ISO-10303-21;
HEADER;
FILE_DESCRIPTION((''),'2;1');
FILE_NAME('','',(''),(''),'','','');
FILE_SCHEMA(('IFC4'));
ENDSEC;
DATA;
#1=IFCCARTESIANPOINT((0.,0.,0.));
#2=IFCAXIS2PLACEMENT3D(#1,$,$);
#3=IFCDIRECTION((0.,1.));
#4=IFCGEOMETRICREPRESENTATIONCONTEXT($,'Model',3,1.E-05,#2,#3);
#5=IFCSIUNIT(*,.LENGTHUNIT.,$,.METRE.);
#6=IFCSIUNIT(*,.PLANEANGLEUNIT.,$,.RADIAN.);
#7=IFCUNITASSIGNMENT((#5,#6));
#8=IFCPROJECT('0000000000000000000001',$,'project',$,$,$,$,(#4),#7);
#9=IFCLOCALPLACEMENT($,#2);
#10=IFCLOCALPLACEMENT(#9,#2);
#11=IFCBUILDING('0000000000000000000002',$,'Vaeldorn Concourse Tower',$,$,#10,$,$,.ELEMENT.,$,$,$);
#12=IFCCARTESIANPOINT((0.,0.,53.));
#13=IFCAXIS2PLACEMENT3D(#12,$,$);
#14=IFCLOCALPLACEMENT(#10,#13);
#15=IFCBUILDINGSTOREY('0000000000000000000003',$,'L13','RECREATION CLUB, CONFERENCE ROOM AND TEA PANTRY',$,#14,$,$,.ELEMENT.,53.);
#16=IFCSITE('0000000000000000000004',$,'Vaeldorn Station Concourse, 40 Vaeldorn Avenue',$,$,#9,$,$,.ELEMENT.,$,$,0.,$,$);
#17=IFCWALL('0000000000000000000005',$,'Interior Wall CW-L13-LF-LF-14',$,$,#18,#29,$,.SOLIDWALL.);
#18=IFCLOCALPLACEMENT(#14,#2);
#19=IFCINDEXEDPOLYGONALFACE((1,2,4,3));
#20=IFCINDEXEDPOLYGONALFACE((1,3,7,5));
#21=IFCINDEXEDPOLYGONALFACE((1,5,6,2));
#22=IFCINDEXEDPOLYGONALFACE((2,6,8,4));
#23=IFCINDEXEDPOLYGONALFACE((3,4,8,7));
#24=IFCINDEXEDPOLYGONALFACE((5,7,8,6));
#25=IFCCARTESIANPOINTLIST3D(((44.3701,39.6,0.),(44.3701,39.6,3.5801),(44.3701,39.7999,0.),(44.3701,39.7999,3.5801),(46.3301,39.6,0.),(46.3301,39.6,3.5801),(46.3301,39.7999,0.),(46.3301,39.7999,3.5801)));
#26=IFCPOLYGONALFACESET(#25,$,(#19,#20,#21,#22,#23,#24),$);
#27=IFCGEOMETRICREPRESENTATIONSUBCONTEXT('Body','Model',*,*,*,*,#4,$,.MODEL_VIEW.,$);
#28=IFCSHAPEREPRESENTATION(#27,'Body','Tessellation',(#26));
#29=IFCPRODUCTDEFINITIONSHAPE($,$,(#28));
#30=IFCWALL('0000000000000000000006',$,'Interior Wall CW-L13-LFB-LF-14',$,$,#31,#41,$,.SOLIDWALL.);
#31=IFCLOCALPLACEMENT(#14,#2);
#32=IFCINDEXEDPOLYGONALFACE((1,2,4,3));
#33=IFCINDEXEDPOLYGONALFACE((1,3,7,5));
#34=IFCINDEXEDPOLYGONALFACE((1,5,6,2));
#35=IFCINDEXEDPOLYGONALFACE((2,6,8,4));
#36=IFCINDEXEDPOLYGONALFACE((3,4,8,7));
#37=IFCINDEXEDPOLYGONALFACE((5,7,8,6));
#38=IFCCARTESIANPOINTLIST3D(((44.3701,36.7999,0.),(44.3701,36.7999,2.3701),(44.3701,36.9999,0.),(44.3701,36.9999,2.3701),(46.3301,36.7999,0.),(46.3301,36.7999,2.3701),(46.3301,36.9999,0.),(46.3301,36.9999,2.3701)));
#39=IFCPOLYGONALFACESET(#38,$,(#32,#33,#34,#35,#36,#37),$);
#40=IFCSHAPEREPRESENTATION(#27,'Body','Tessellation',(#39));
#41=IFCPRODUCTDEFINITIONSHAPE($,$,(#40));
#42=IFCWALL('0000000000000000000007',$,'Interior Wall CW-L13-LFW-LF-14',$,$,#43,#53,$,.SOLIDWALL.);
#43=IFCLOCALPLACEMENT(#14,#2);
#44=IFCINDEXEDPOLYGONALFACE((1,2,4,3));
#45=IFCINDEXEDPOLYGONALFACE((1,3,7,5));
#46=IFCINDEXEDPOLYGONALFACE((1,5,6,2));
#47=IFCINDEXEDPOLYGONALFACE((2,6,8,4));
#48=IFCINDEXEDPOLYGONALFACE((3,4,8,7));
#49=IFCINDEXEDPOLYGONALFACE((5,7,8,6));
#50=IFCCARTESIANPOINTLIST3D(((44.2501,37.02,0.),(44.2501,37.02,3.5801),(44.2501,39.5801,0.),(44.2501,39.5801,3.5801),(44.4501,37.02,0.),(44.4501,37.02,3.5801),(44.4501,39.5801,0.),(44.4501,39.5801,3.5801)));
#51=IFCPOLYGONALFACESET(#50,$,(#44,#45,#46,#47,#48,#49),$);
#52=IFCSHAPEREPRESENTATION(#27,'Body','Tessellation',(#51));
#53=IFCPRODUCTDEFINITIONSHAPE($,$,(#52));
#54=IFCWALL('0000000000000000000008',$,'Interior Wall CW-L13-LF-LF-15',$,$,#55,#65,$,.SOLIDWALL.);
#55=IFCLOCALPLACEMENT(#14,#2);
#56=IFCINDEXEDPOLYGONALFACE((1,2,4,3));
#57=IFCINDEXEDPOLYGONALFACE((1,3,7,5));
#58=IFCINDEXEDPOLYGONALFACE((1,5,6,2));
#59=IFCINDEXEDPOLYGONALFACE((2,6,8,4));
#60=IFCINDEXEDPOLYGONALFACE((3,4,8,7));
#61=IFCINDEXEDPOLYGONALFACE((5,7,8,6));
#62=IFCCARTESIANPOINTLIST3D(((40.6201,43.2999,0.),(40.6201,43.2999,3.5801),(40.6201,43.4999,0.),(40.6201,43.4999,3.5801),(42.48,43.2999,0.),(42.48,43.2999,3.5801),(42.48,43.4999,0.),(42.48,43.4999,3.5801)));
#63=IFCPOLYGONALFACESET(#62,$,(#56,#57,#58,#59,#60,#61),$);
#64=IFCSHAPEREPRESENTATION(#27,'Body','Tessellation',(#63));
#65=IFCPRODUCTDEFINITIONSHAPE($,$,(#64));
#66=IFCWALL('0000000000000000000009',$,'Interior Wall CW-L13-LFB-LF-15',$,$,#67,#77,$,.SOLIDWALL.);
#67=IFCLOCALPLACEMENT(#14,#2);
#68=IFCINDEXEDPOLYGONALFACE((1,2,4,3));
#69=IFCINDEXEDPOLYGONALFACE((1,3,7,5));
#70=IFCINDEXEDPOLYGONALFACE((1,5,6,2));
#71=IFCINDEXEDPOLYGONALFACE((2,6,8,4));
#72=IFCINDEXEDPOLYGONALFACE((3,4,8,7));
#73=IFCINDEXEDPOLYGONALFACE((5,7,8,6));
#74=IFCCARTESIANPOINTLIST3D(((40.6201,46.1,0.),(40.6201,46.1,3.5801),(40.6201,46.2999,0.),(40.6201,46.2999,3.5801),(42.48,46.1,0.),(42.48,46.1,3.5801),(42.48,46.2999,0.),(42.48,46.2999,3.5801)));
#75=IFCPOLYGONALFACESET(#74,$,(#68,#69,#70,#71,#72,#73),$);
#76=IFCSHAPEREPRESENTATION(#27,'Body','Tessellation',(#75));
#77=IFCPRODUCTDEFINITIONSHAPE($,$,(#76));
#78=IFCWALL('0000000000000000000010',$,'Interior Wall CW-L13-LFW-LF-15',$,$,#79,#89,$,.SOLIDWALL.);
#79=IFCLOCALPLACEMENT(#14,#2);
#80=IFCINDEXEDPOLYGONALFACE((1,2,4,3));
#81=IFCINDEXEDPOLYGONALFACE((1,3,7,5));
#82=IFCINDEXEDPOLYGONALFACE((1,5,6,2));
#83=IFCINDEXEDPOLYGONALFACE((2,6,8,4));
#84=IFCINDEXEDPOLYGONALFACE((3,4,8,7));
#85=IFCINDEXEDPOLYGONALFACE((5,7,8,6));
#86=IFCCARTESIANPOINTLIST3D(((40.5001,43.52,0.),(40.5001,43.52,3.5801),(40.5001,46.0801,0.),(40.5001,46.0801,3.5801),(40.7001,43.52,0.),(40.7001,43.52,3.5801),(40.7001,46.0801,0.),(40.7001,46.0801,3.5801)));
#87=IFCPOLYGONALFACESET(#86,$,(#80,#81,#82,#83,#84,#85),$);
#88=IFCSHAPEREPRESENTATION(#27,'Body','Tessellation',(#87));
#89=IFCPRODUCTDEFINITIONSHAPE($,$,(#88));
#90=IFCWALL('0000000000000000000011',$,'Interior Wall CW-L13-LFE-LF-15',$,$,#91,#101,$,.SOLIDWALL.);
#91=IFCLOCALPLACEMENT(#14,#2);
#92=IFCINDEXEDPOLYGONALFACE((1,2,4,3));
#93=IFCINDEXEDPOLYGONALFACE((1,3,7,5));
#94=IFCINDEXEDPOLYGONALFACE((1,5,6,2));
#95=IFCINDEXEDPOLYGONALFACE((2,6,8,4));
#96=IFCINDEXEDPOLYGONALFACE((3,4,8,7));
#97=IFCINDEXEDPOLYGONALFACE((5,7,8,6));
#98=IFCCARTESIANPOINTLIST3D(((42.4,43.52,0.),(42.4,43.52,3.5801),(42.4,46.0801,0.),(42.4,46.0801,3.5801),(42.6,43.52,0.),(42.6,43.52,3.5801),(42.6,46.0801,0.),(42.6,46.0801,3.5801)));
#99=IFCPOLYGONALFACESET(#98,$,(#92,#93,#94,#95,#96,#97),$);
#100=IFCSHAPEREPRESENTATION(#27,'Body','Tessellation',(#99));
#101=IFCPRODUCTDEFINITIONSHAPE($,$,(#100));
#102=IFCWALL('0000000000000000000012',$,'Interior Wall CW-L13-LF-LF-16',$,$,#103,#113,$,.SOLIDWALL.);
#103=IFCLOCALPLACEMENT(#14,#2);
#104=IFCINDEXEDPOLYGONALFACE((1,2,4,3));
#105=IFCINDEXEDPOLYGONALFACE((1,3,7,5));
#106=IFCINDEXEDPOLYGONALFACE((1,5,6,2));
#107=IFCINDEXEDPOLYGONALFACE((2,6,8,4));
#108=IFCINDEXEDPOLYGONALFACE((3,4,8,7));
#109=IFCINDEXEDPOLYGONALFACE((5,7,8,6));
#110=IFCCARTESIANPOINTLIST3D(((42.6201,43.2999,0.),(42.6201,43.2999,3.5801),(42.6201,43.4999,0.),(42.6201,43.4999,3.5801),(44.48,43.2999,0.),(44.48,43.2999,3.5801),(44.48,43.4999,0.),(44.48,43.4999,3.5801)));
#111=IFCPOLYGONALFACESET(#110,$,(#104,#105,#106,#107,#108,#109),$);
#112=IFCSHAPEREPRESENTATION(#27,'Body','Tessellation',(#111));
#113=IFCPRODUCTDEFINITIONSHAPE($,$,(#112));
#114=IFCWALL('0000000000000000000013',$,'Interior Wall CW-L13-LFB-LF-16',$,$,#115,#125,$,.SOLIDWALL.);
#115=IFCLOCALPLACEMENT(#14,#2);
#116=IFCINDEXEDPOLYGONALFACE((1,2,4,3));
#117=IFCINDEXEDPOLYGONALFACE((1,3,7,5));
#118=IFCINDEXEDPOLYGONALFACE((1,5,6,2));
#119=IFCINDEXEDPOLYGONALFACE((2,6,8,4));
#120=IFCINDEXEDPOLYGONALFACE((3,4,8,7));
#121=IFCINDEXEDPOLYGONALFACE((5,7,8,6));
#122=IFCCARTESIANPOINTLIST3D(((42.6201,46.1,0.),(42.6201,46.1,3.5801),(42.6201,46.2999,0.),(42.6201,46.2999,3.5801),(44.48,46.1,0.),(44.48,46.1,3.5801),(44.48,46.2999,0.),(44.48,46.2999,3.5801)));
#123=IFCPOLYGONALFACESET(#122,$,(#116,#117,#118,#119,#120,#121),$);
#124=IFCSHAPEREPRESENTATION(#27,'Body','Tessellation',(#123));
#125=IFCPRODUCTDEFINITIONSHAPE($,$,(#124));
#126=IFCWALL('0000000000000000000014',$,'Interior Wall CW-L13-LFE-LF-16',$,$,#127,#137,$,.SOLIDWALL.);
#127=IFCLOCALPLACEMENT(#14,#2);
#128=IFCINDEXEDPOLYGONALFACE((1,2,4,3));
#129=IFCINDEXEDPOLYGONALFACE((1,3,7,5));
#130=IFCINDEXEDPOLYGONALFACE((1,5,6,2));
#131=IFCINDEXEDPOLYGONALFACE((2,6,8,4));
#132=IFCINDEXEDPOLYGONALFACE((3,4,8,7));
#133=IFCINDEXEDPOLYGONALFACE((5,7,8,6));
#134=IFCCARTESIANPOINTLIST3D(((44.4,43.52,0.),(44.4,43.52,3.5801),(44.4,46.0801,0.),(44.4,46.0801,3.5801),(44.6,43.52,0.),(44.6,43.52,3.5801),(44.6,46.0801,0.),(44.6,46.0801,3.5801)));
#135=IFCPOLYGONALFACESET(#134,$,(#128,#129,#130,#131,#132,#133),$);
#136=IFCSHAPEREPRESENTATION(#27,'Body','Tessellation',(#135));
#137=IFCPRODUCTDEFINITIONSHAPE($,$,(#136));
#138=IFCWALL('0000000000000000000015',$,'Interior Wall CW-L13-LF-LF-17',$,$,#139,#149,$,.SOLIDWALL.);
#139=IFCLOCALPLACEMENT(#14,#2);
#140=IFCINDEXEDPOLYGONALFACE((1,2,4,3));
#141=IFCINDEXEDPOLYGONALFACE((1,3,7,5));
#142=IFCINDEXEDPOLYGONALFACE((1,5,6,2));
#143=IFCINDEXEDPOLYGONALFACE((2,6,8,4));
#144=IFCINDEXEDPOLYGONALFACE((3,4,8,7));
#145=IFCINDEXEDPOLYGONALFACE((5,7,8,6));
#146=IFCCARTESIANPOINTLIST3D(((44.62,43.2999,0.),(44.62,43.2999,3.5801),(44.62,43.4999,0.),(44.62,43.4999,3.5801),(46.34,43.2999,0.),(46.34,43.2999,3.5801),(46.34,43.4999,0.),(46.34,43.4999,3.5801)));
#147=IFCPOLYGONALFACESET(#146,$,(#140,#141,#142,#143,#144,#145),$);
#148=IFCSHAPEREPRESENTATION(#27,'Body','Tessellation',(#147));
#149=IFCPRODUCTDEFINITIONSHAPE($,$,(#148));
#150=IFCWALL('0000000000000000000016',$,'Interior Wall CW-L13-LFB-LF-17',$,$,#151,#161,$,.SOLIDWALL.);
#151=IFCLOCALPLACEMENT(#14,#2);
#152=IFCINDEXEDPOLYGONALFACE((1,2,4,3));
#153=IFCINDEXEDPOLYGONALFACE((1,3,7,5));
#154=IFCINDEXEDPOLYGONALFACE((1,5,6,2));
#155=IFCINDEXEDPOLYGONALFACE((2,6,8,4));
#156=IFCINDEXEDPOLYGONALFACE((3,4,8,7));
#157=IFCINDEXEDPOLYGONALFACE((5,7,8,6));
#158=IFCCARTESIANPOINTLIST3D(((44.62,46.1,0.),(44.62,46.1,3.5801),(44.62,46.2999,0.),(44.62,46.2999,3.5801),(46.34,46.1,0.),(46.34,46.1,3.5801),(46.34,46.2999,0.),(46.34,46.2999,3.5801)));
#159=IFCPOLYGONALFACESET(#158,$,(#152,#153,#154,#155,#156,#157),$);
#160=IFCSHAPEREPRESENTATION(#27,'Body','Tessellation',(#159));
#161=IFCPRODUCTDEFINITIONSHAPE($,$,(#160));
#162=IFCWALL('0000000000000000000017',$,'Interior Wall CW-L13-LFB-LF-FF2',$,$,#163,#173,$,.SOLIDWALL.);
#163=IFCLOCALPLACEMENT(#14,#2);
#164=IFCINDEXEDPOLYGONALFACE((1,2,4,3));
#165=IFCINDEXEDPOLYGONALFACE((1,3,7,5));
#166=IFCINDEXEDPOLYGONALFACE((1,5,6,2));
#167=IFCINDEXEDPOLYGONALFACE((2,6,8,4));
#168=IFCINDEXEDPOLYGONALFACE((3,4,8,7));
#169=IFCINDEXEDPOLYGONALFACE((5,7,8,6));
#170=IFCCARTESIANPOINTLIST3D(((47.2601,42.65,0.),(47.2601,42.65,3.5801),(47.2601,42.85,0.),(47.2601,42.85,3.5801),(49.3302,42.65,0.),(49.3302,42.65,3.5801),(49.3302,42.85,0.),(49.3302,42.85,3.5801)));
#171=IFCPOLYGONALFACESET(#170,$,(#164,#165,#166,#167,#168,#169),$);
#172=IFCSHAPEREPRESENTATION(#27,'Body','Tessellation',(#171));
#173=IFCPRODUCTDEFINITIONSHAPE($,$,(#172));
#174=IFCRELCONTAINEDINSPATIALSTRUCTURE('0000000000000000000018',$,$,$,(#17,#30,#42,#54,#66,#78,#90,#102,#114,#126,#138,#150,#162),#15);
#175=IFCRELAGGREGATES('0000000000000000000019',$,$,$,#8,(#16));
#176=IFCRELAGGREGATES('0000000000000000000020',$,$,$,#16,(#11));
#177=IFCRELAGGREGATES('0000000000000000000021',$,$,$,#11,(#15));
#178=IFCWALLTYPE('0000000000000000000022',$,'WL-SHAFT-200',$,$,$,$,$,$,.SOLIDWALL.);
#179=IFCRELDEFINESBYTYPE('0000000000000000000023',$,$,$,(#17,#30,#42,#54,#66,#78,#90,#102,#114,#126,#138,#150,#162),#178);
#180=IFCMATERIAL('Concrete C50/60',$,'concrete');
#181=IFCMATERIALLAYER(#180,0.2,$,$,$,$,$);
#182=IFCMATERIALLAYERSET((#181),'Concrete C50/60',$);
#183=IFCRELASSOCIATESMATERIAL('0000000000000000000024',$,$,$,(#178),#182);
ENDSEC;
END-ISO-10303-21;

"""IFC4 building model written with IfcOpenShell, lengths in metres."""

from ifc_helpers import new_model, si_unit, direction, frame, frame_2d, origin, place, context, subcontext, project, spatial, rectangle, extrude, material, layer, layer_set, type_object, element, save


model = new_model("IFC4")

# Units and contexts
model_context = context("Model", 3, precision=1e-05, world=origin(), true_north=direction((0.0, 1.0)))
body_context = subcontext(model_context, "Body", "Model", "MODEL_VIEW")
ifc_project = project(units=[si_unit("LENGTHUNIT", "METRE"), si_unit("PLANEANGLEUNIT", "RADIAN")], contexts=[model_context])

# Site, building, storey
site_placement = place(None, origin())
site = spatial("IfcSite", under=ifc_project, at=site_placement, Name="Vaeldorn Station Concourse, 40 Vaeldorn Avenue", CompositionType="ELEMENT", RefElevation=0.0)
building_placement = place(site_placement, origin())
building = spatial("IfcBuilding", under=site, at=building_placement, Name="Vaeldorn Concourse Tower", CompositionType="ELEMENT")
storey_placement = place(building_placement, frame((0.0, 0.0, 53.0)))
storey = spatial("IfcBuildingStorey", under=building, at=storey_placement, Name="L13", Description="RECREATION CLUB, CONFERENCE ROOM AND TEA PANTRY", CompositionType="ELEMENT", Elevation=53.0)

# Shared definitions
ifc_material_1 = material(Name="Concrete C50/60", Category="concrete")
ifc_layer_1 = layer(ifc_material_1, 0.2)
ifc_layer_set_1 = layer_set([ifc_layer_1], Name="Concrete C50/60")
wall_type_1 = type_object("IfcWallType", Name="WL-SHAFT-200", PredefinedType="SOLIDWALL", material=ifc_layer_set_1)

# Walls
wall_1_placement = place(storey_placement, frame((44.3701, 39.7, 0.0), z_axis=(0.0, 0.0, 1.0), x_axis=(1.0, 0.0, 0.0)))
element("IfcWall", 1, at=wall_1_placement, inside=storey, type_object=wall_type_1, Name="Interior Wall CW-L13-LF-LF-14", PredefinedType="SOLIDWALL", context=body_context, shape_type="SweptSolid", body=[
    extrude(rectangle(XDim=1.96, YDim=0.2, at=frame_2d((0.98, 0.0))), origin(), (0.0, 0.0, 1.0), 3.5801),
])
wall_2_placement = place(storey_placement, frame((44.3701, 36.8999, 0.0), z_axis=(0.0, 0.0, 1.0), x_axis=(1.0, 0.0, 0.0)))
element("IfcWall", 2, at=wall_2_placement, inside=storey, type_object=wall_type_1, Name="Interior Wall CW-L13-LFB-LF-14", PredefinedType="SOLIDWALL", context=body_context, shape_type="SweptSolid", body=[
    extrude(rectangle(XDim=1.96, YDim=0.2, at=frame_2d((0.98, 0.0))), origin(), (0.0, 0.0, 1.0), 2.3701),
])
wall_3_placement = place(storey_placement, frame((44.3501, 37.02, 0.0), z_axis=(0.0, 0.0, 1.0), x_axis=(0.0, 1.0, 0.0)))
element("IfcWall", 3, at=wall_3_placement, inside=storey, type_object=wall_type_1, Name="Interior Wall CW-L13-LFW-LF-14", PredefinedType="SOLIDWALL", context=body_context, shape_type="SweptSolid", body=[
    extrude(rectangle(XDim=2.5601, YDim=0.2, at=frame_2d((1.28, 0.0))), origin(), (0.0, 0.0, 1.0), 3.5801),
])
for number, where, z_axis, x_axis, name in (
    (4, (40.6201, 43.3999, 0.0), (0.0, 0.0, 1.0), (1.0, 0.0, 0.0), "Interior Wall CW-L13-LF-LF-15"),
    (5, (40.6201, 46.2, 0.0), (0.0, 0.0, 1.0), (1.0, 0.0, 0.0), "Interior Wall CW-L13-LFB-LF-15"),
):
    element("IfcWall", number, at=place(storey_placement, frame(where, z_axis=z_axis, x_axis=x_axis)), inside=storey, type_object=wall_type_1, Name=name, PredefinedType="SOLIDWALL", context=body_context, shape_type="SweptSolid", body=[
        extrude(rectangle(XDim=1.8599, YDim=0.2, at=frame_2d((0.9299, 0.0))), origin(), (0.0, 0.0, 1.0), 3.5801),
    ])
for number, where, z_axis, x_axis, name in (
    (6, (40.6001, 43.52, 0.0), (0.0, 0.0, 1.0), (0.0, 1.0, 0.0), "Interior Wall CW-L13-LFW-LF-15"),
    (7, (42.5, 43.52, 0.0), (0.0, 0.0, 1.0), (0.0, 1.0, 0.0), "Interior Wall CW-L13-LFE-LF-15"),
):
    element("IfcWall", number, at=place(storey_placement, frame(where, z_axis=z_axis, x_axis=x_axis)), inside=storey, type_object=wall_type_1, Name=name, PredefinedType="SOLIDWALL", context=body_context, shape_type="SweptSolid", body=[
        extrude(rectangle(XDim=2.5601, YDim=0.2, at=frame_2d((1.28, 0.0))), origin(), (0.0, 0.0, 1.0), 3.5801),
    ])
for number, where, z_axis, x_axis, name in (
    (8, (42.6201, 43.3999, 0.0), (0.0, 0.0, 1.0), (1.0, 0.0, 0.0), "Interior Wall CW-L13-LF-LF-16"),
    (9, (42.6201, 46.2, 0.0), (0.0, 0.0, 1.0), (1.0, 0.0, 0.0), "Interior Wall CW-L13-LFB-LF-16"),
):
    element("IfcWall", number, at=place(storey_placement, frame(where, z_axis=z_axis, x_axis=x_axis)), inside=storey, type_object=wall_type_1, Name=name, PredefinedType="SOLIDWALL", context=body_context, shape_type="SweptSolid", body=[
        extrude(rectangle(XDim=1.8599, YDim=0.2, at=frame_2d((0.9299, 0.0))), origin(), (0.0, 0.0, 1.0), 3.5801),
    ])
wall_4_placement = place(storey_placement, frame((44.5, 43.52, 0.0), z_axis=(0.0, 0.0, 1.0), x_axis=(0.0, 1.0, 0.0)))
element("IfcWall", 10, at=wall_4_placement, inside=storey, type_object=wall_type_1, Name="Interior Wall CW-L13-LFE-LF-16", PredefinedType="SOLIDWALL", context=body_context, shape_type="SweptSolid", body=[
    extrude(rectangle(XDim=2.5601, YDim=0.2, at=frame_2d((1.28, 0.0))), origin(), (0.0, 0.0, 1.0), 3.5801),
])
for number, where, z_axis, x_axis, name in (
    (11, (44.6201, 43.3999, 0.0), (0.0, 0.0, 1.0), (1.0, 0.0, 0.0), "Interior Wall CW-L13-LF-LF-17"),
    (12, (44.6201, 46.2, 0.0), (0.0, 0.0, 1.0), (1.0, 0.0, 0.0), "Interior Wall CW-L13-LFB-LF-17"),
):
    element("IfcWall", number, at=place(storey_placement, frame(where, z_axis=z_axis, x_axis=x_axis)), inside=storey, type_object=wall_type_1, Name=name, PredefinedType="SOLIDWALL", context=body_context, shape_type="SweptSolid", body=[
        extrude(rectangle(XDim=1.72, YDim=0.2, at=frame_2d((0.8599, 0.0))), origin(), (0.0, 0.0, 1.0), 3.5801),
    ])

# Wall
wall_5_placement = place(storey_placement, frame((47.26, 42.75, 0.0), z_axis=(0.0, 0.0, 1.0), x_axis=(1.0, 0.0, 0.0)))
element("IfcWall", 13, at=wall_5_placement, inside=storey, type_object=wall_type_1, Name="Interior Wall CW-L13-LFB-LF-FF2", PredefinedType="SOLIDWALL", context=body_context, shape_type="SweptSolid", body=[
    extrude(rectangle(XDim=2.0701, YDim=0.2, at=frame_2d((1.0352, 0.0))), origin(), (0.0, 0.0, 1.0), 3.5801),
])

save(model, "model.ifc")
